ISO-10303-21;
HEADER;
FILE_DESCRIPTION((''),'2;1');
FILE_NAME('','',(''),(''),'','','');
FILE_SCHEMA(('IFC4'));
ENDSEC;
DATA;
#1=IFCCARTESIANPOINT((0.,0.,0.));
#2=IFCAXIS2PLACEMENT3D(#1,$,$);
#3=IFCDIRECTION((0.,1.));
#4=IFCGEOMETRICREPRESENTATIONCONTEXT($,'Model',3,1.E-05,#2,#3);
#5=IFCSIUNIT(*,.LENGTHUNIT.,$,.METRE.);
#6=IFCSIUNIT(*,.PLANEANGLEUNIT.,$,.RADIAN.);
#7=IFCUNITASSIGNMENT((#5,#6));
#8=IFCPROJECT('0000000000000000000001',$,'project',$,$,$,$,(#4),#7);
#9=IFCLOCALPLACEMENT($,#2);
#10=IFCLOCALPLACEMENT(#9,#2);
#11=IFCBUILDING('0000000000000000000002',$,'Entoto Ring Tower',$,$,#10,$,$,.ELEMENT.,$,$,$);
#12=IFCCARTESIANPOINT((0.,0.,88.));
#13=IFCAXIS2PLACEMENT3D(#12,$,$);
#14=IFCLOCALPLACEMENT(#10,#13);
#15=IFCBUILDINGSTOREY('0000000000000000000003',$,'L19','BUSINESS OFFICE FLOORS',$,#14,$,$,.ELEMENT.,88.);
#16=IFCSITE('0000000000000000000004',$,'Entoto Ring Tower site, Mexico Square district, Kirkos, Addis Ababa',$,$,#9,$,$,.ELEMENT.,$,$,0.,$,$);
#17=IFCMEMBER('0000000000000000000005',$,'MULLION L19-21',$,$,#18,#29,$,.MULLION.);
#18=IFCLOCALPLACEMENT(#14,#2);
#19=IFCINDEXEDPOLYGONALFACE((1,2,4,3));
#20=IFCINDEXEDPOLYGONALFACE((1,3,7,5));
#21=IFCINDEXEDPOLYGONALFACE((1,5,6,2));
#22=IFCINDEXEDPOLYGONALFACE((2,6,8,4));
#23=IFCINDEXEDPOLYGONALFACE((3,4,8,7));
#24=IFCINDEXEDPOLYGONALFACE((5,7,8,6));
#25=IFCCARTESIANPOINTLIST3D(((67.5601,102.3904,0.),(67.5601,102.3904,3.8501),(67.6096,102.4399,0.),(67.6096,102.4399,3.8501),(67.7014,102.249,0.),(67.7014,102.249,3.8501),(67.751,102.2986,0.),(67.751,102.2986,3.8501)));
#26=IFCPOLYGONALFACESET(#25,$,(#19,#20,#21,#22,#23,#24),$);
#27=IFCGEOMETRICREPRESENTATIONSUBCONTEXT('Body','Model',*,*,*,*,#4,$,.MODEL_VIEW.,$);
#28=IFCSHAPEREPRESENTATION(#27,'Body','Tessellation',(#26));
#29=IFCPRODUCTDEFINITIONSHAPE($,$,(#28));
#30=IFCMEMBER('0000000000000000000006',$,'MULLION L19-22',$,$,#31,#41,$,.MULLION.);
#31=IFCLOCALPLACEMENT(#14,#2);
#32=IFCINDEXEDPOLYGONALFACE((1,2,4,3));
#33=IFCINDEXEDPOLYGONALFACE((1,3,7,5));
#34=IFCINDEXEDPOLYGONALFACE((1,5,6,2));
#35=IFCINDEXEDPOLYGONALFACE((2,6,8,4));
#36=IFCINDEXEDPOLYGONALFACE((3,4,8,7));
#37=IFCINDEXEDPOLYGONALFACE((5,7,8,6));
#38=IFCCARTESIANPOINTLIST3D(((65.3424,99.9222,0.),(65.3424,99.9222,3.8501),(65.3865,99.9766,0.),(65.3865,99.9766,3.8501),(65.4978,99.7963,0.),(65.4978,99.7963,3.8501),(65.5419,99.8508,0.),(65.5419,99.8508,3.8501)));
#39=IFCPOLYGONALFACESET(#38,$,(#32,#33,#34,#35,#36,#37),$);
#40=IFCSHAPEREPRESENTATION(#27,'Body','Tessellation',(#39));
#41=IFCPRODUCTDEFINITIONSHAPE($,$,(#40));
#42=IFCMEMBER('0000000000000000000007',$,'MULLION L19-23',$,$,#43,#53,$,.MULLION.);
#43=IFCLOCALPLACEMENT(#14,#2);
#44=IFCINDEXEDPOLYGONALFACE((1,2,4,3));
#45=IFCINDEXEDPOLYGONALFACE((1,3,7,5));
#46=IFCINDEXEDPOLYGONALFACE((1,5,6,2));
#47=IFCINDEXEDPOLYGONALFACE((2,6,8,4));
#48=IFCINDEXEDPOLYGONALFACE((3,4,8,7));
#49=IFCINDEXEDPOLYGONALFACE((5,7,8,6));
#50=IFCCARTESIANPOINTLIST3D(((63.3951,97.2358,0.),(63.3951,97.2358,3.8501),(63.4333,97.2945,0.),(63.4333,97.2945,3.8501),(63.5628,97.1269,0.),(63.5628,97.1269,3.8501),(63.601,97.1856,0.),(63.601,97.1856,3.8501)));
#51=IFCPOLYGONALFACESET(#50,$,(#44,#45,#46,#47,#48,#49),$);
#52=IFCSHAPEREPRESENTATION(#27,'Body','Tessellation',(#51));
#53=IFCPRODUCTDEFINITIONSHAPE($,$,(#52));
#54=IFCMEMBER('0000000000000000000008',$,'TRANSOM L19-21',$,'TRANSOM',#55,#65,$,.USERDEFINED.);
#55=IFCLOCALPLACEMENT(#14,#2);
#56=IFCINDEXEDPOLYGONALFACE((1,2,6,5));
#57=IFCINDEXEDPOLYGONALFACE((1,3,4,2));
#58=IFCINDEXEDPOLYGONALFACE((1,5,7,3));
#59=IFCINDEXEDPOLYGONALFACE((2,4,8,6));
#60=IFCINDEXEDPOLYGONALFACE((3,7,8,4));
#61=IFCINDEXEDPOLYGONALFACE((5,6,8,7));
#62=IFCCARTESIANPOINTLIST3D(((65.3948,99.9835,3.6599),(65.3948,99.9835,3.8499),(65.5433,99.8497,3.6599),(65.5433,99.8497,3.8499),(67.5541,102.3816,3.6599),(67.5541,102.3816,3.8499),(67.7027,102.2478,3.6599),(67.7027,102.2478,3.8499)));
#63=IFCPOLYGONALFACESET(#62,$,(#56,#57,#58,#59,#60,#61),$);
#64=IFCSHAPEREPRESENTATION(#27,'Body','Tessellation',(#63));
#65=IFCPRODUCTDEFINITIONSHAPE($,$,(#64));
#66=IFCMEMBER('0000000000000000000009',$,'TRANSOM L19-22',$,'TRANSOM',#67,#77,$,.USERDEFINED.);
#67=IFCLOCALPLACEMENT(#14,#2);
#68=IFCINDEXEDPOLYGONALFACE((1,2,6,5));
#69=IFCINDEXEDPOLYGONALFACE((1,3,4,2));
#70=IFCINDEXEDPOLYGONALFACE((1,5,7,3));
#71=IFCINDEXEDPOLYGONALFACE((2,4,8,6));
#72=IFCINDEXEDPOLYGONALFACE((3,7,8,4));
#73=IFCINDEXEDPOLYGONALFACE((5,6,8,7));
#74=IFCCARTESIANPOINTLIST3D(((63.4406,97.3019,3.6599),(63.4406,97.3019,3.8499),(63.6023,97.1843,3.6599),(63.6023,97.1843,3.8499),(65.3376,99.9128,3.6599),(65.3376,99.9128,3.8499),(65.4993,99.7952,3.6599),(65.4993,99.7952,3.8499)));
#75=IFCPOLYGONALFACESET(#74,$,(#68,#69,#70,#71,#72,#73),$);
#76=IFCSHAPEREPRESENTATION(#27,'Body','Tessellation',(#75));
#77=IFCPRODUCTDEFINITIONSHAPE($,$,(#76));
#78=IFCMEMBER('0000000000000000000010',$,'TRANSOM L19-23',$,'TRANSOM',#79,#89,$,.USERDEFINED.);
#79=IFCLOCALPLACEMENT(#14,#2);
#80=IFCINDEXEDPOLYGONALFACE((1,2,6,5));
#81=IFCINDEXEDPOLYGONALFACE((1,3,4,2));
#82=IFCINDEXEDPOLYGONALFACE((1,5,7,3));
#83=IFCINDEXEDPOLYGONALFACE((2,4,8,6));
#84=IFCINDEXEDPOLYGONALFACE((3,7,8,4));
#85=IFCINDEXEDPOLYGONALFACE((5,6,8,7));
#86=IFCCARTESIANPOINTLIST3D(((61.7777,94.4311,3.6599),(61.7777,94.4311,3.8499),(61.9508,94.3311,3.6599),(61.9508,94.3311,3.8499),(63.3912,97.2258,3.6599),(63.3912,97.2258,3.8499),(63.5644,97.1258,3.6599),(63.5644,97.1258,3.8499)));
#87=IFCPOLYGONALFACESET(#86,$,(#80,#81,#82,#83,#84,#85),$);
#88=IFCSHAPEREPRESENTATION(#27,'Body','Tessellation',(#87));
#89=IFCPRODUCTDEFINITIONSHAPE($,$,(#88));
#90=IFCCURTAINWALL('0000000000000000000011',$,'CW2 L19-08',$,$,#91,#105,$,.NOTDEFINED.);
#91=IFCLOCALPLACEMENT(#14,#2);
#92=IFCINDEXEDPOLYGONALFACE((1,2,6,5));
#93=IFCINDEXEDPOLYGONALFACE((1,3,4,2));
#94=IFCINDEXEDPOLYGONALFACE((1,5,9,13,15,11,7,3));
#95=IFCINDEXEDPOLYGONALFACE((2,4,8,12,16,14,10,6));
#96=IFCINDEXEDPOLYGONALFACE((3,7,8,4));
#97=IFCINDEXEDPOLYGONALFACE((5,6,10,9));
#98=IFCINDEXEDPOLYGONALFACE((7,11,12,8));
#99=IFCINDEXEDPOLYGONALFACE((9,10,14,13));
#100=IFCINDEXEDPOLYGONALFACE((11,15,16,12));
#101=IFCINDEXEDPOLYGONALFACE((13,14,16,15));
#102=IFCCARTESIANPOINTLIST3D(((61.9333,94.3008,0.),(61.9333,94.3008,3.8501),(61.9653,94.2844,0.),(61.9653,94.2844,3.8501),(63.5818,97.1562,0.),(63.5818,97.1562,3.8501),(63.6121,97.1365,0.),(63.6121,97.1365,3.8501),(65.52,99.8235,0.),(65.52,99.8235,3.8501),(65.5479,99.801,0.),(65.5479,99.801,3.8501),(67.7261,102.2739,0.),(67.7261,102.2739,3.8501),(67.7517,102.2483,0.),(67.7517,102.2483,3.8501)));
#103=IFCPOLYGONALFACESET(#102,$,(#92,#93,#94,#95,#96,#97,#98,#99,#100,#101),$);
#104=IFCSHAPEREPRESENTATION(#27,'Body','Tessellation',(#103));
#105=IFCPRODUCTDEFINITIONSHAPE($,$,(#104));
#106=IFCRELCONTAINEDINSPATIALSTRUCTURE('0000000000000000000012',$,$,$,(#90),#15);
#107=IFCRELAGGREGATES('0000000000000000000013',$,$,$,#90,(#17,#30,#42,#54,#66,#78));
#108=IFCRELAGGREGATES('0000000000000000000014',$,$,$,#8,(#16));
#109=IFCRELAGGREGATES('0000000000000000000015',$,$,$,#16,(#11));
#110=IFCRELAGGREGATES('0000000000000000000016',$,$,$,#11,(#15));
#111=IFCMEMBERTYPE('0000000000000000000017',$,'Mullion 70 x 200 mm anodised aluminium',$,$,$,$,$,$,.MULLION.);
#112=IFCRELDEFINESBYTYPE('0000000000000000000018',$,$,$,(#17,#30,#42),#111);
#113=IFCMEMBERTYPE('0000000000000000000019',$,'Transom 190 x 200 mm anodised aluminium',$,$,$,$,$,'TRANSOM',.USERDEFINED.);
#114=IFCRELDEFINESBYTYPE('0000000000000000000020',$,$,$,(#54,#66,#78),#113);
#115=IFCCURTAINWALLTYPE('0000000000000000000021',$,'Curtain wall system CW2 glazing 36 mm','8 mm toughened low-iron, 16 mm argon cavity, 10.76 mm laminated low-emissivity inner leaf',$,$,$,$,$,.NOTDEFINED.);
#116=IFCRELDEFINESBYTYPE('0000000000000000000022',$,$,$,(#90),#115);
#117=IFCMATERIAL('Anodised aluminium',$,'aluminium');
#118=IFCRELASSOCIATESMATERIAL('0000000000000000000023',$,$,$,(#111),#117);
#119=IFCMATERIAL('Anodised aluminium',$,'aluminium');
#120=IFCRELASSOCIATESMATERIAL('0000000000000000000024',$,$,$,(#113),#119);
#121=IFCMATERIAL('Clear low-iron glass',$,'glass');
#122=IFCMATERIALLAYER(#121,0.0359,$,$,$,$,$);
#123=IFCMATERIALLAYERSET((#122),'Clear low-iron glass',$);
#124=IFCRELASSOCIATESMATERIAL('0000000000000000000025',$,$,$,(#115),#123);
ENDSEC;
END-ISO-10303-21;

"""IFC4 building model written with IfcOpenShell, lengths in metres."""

from ifc_helpers import new_model, si_unit, direction, frame, origin, origin_2d, place, context, subcontext, project, spatial, polyline, rectangle, outline, extrude, material, layer, layer_set, material_profile, profile_set, type_object, element, aggregate, save


model = new_model("IFC4")

# Units and contexts
model_context = context("Model", 3, precision=1e-05, world=origin(), true_north=direction((0.0, 1.0)))
body_context = subcontext(model_context, "Body", "Model", "MODEL_VIEW")
ifc_project = project(units=[si_unit("LENGTHUNIT", "METRE"), si_unit("PLANEANGLEUNIT", "RADIAN")], contexts=[model_context])

# Members
ifc_material_1 = material(Name="Anodised aluminium", Category="aluminium")
ifc_material_profile_1 = material_profile(ifc_material_1, rectangle(XDim=0.0701, YDim=0.2, at=origin_2d()), Name="Mullion 70 x 200 mm anodised aluminium")
ifc_profile_set_1 = profile_set([ifc_material_profile_1], Name="Anodised aluminium")
member_type_1 = type_object("IfcMemberType", Name="Mullion 70 x 200 mm anodised aluminium", PredefinedType="MULLION", material=ifc_profile_set_1)
site_placement = place(None, origin())
building_placement = place(site_placement, origin())
storey_placement = place(building_placement, frame((0.0, 0.0, 88.0)))
member_1_placement = place(storey_placement, frame((67.6555, 102.3445, 0.0), z_axis=(0.0, 0.0, 1.0), x_axis=(-0.707107, -0.707107, 0.0)))
member_1 = element("IfcMember", 1, at=member_1_placement, type_object=member_type_1, Name="MULLION L19-21", PredefinedType="MULLION", context=body_context, shape_type="SweptSolid", body=[
    extrude(rectangle(XDim=0.0701, YDim=0.2, at=origin_2d()), origin(), (0.0, 0.0, 1.0), 3.8501),
])
member_2_placement = place(storey_placement, frame((65.4421, 99.8865, 0.0), z_axis=(0.0, 0.0, 1.0), x_axis=(-0.62932, -0.777146, 0.0)))
member_2 = element("IfcMember", 2, at=member_2_placement, type_object=member_type_1, Name="MULLION L19-22", PredefinedType="MULLION", context=body_context, shape_type="SweptSolid", body=[
    extrude(rectangle(XDim=0.0701, YDim=0.2, at=origin_2d()), origin(), (0.0, 0.0, 1.0), 3.8501),
])
member_3_placement = place(storey_placement, frame((63.498, 97.2107, 0.0), z_axis=(0.0, 0.0, 1.0), x_axis=(-0.544639, -0.838671, 0.0)))
member_3 = element("IfcMember", 3, at=member_3_placement, type_object=member_type_1, Name="MULLION L19-23", PredefinedType="MULLION", context=body_context, shape_type="SweptSolid", body=[
    extrude(rectangle(XDim=0.0701, YDim=0.2, at=origin_2d()), origin(), (0.0, 0.0, 1.0), 3.8501),
])
ifc_material_2 = material(Name="Anodised aluminium", Category="aluminium")
ifc_material_profile_2 = material_profile(ifc_material_2, rectangle(XDim=0.2, YDim=0.1899, at=origin_2d()), Name="Transom 190 x 200 mm anodised aluminium")
ifc_profile_set_2 = profile_set([ifc_material_profile_2], Name="Anodised aluminium")
member_type_2 = type_object("IfcMemberType", Name="Transom 190 x 200 mm anodised aluminium", ElementType="TRANSOM", PredefinedType="USERDEFINED", material=ifc_profile_set_2)
member_4_placement = place(storey_placement, frame((67.6284, 102.3147, 3.7549), z_axis=(-0.669144, -0.743132, 0.0), x_axis=(0.743132, -0.669144, 0.0)))
member_4 = element("IfcMember", 4, at=member_4_placement, type_object=member_type_2, Name="TRANSOM L19-21", ObjectType="TRANSOM", PredefinedType="USERDEFINED", context=body_context, shape_type="SweptSolid", body=[
    extrude(rectangle(XDim=0.2, YDim=0.1899, at=origin_2d()), origin(), (0.0, 0.0, 1.0), 3.2271),
])
member_5_placement = place(storey_placement, frame((65.4185, 99.854, 3.7549), z_axis=(-0.587803, -0.809004, 0.0), x_axis=(0.809004, -0.587803, 0.0)))
member_5 = element("IfcMember", 5, at=member_5_placement, type_object=member_type_2, Name="TRANSOM L19-22", ObjectType="TRANSOM", PredefinedType="USERDEFINED", context=body_context, shape_type="SweptSolid", body=[
    extrude(rectangle(XDim=0.2, YDim=0.1899, at=origin_2d()), origin(), (0.0, 0.0, 1.0), 3.2273),
])
member_6_placement = place(storey_placement, frame((63.4778, 97.1758, 3.7549), z_axis=(-0.500004, -0.866023, 0.0), x_axis=(0.866023, -0.500004, 0.0)))
member_6 = element("IfcMember", 6, at=member_6_placement, type_object=member_type_2, Name="TRANSOM L19-23", ObjectType="TRANSOM", PredefinedType="USERDEFINED", context=body_context, shape_type="SweptSolid", body=[
    extrude(rectangle(XDim=0.2, YDim=0.1899, at=origin_2d()), origin(), (0.0, 0.0, 1.0), 3.2271),
])

# Site, building, storey
site = spatial("IfcSite", under=ifc_project, at=site_placement, Name="Entoto Ring Tower site, Mexico Square district, Kirkos, Addis Ababa", CompositionType="ELEMENT", RefElevation=0.0)
building = spatial("IfcBuilding", under=site, at=building_placement, Name="Entoto Ring Tower", CompositionType="ELEMENT")
storey = spatial("IfcBuildingStorey", under=building, at=storey_placement, Name="L19", Description="BUSINESS OFFICE FLOORS", CompositionType="ELEMENT", Elevation=88.0)

# Curtain wall
ifc_material_3 = material(Name="Clear low-iron glass", Category="glass")
ifc_layer = layer(ifc_material_3, 0.0359)
ifc_layer_set = layer_set([ifc_layer], Name="Clear low-iron glass")
curtain_wall_type = type_object("IfcCurtainWallType", Name="Curtain wall system CW2 glazing 36 mm", Description="8 mm toughened low-iron, 16 mm argon cavity, 10.76 mm laminated low-emissivity inner leaf", PredefinedType="NOTDEFINED", material=ifc_layer_set)
curtain_wall_1_placement = place(storey_placement, origin())
curtain_wall_1 = element("IfcCurtainWall", 7, at=curtain_wall_1_placement, inside=storey, type_object=curtain_wall_type, Name="CW2 L19-08", PredefinedType="NOTDEFINED", context=body_context, shape_type="SweptSolid", body=[
    extrude(outline(polyline([(67.7261, 102.2739), (65.52, 99.8235), (63.5818, 97.1562), (61.9333, 94.3008), (61.9653, 94.2844), (63.6121, 97.1365), (65.5479, 99.801), (67.7517, 102.2483), (67.7261, 102.2739)])), origin(), (0.0, 0.0, 1.0), 3.8501),
])
aggregate(curtain_wall_1, [member_1, member_2, member_3, member_4, member_5, member_6])

save(model, "model.ifc")
